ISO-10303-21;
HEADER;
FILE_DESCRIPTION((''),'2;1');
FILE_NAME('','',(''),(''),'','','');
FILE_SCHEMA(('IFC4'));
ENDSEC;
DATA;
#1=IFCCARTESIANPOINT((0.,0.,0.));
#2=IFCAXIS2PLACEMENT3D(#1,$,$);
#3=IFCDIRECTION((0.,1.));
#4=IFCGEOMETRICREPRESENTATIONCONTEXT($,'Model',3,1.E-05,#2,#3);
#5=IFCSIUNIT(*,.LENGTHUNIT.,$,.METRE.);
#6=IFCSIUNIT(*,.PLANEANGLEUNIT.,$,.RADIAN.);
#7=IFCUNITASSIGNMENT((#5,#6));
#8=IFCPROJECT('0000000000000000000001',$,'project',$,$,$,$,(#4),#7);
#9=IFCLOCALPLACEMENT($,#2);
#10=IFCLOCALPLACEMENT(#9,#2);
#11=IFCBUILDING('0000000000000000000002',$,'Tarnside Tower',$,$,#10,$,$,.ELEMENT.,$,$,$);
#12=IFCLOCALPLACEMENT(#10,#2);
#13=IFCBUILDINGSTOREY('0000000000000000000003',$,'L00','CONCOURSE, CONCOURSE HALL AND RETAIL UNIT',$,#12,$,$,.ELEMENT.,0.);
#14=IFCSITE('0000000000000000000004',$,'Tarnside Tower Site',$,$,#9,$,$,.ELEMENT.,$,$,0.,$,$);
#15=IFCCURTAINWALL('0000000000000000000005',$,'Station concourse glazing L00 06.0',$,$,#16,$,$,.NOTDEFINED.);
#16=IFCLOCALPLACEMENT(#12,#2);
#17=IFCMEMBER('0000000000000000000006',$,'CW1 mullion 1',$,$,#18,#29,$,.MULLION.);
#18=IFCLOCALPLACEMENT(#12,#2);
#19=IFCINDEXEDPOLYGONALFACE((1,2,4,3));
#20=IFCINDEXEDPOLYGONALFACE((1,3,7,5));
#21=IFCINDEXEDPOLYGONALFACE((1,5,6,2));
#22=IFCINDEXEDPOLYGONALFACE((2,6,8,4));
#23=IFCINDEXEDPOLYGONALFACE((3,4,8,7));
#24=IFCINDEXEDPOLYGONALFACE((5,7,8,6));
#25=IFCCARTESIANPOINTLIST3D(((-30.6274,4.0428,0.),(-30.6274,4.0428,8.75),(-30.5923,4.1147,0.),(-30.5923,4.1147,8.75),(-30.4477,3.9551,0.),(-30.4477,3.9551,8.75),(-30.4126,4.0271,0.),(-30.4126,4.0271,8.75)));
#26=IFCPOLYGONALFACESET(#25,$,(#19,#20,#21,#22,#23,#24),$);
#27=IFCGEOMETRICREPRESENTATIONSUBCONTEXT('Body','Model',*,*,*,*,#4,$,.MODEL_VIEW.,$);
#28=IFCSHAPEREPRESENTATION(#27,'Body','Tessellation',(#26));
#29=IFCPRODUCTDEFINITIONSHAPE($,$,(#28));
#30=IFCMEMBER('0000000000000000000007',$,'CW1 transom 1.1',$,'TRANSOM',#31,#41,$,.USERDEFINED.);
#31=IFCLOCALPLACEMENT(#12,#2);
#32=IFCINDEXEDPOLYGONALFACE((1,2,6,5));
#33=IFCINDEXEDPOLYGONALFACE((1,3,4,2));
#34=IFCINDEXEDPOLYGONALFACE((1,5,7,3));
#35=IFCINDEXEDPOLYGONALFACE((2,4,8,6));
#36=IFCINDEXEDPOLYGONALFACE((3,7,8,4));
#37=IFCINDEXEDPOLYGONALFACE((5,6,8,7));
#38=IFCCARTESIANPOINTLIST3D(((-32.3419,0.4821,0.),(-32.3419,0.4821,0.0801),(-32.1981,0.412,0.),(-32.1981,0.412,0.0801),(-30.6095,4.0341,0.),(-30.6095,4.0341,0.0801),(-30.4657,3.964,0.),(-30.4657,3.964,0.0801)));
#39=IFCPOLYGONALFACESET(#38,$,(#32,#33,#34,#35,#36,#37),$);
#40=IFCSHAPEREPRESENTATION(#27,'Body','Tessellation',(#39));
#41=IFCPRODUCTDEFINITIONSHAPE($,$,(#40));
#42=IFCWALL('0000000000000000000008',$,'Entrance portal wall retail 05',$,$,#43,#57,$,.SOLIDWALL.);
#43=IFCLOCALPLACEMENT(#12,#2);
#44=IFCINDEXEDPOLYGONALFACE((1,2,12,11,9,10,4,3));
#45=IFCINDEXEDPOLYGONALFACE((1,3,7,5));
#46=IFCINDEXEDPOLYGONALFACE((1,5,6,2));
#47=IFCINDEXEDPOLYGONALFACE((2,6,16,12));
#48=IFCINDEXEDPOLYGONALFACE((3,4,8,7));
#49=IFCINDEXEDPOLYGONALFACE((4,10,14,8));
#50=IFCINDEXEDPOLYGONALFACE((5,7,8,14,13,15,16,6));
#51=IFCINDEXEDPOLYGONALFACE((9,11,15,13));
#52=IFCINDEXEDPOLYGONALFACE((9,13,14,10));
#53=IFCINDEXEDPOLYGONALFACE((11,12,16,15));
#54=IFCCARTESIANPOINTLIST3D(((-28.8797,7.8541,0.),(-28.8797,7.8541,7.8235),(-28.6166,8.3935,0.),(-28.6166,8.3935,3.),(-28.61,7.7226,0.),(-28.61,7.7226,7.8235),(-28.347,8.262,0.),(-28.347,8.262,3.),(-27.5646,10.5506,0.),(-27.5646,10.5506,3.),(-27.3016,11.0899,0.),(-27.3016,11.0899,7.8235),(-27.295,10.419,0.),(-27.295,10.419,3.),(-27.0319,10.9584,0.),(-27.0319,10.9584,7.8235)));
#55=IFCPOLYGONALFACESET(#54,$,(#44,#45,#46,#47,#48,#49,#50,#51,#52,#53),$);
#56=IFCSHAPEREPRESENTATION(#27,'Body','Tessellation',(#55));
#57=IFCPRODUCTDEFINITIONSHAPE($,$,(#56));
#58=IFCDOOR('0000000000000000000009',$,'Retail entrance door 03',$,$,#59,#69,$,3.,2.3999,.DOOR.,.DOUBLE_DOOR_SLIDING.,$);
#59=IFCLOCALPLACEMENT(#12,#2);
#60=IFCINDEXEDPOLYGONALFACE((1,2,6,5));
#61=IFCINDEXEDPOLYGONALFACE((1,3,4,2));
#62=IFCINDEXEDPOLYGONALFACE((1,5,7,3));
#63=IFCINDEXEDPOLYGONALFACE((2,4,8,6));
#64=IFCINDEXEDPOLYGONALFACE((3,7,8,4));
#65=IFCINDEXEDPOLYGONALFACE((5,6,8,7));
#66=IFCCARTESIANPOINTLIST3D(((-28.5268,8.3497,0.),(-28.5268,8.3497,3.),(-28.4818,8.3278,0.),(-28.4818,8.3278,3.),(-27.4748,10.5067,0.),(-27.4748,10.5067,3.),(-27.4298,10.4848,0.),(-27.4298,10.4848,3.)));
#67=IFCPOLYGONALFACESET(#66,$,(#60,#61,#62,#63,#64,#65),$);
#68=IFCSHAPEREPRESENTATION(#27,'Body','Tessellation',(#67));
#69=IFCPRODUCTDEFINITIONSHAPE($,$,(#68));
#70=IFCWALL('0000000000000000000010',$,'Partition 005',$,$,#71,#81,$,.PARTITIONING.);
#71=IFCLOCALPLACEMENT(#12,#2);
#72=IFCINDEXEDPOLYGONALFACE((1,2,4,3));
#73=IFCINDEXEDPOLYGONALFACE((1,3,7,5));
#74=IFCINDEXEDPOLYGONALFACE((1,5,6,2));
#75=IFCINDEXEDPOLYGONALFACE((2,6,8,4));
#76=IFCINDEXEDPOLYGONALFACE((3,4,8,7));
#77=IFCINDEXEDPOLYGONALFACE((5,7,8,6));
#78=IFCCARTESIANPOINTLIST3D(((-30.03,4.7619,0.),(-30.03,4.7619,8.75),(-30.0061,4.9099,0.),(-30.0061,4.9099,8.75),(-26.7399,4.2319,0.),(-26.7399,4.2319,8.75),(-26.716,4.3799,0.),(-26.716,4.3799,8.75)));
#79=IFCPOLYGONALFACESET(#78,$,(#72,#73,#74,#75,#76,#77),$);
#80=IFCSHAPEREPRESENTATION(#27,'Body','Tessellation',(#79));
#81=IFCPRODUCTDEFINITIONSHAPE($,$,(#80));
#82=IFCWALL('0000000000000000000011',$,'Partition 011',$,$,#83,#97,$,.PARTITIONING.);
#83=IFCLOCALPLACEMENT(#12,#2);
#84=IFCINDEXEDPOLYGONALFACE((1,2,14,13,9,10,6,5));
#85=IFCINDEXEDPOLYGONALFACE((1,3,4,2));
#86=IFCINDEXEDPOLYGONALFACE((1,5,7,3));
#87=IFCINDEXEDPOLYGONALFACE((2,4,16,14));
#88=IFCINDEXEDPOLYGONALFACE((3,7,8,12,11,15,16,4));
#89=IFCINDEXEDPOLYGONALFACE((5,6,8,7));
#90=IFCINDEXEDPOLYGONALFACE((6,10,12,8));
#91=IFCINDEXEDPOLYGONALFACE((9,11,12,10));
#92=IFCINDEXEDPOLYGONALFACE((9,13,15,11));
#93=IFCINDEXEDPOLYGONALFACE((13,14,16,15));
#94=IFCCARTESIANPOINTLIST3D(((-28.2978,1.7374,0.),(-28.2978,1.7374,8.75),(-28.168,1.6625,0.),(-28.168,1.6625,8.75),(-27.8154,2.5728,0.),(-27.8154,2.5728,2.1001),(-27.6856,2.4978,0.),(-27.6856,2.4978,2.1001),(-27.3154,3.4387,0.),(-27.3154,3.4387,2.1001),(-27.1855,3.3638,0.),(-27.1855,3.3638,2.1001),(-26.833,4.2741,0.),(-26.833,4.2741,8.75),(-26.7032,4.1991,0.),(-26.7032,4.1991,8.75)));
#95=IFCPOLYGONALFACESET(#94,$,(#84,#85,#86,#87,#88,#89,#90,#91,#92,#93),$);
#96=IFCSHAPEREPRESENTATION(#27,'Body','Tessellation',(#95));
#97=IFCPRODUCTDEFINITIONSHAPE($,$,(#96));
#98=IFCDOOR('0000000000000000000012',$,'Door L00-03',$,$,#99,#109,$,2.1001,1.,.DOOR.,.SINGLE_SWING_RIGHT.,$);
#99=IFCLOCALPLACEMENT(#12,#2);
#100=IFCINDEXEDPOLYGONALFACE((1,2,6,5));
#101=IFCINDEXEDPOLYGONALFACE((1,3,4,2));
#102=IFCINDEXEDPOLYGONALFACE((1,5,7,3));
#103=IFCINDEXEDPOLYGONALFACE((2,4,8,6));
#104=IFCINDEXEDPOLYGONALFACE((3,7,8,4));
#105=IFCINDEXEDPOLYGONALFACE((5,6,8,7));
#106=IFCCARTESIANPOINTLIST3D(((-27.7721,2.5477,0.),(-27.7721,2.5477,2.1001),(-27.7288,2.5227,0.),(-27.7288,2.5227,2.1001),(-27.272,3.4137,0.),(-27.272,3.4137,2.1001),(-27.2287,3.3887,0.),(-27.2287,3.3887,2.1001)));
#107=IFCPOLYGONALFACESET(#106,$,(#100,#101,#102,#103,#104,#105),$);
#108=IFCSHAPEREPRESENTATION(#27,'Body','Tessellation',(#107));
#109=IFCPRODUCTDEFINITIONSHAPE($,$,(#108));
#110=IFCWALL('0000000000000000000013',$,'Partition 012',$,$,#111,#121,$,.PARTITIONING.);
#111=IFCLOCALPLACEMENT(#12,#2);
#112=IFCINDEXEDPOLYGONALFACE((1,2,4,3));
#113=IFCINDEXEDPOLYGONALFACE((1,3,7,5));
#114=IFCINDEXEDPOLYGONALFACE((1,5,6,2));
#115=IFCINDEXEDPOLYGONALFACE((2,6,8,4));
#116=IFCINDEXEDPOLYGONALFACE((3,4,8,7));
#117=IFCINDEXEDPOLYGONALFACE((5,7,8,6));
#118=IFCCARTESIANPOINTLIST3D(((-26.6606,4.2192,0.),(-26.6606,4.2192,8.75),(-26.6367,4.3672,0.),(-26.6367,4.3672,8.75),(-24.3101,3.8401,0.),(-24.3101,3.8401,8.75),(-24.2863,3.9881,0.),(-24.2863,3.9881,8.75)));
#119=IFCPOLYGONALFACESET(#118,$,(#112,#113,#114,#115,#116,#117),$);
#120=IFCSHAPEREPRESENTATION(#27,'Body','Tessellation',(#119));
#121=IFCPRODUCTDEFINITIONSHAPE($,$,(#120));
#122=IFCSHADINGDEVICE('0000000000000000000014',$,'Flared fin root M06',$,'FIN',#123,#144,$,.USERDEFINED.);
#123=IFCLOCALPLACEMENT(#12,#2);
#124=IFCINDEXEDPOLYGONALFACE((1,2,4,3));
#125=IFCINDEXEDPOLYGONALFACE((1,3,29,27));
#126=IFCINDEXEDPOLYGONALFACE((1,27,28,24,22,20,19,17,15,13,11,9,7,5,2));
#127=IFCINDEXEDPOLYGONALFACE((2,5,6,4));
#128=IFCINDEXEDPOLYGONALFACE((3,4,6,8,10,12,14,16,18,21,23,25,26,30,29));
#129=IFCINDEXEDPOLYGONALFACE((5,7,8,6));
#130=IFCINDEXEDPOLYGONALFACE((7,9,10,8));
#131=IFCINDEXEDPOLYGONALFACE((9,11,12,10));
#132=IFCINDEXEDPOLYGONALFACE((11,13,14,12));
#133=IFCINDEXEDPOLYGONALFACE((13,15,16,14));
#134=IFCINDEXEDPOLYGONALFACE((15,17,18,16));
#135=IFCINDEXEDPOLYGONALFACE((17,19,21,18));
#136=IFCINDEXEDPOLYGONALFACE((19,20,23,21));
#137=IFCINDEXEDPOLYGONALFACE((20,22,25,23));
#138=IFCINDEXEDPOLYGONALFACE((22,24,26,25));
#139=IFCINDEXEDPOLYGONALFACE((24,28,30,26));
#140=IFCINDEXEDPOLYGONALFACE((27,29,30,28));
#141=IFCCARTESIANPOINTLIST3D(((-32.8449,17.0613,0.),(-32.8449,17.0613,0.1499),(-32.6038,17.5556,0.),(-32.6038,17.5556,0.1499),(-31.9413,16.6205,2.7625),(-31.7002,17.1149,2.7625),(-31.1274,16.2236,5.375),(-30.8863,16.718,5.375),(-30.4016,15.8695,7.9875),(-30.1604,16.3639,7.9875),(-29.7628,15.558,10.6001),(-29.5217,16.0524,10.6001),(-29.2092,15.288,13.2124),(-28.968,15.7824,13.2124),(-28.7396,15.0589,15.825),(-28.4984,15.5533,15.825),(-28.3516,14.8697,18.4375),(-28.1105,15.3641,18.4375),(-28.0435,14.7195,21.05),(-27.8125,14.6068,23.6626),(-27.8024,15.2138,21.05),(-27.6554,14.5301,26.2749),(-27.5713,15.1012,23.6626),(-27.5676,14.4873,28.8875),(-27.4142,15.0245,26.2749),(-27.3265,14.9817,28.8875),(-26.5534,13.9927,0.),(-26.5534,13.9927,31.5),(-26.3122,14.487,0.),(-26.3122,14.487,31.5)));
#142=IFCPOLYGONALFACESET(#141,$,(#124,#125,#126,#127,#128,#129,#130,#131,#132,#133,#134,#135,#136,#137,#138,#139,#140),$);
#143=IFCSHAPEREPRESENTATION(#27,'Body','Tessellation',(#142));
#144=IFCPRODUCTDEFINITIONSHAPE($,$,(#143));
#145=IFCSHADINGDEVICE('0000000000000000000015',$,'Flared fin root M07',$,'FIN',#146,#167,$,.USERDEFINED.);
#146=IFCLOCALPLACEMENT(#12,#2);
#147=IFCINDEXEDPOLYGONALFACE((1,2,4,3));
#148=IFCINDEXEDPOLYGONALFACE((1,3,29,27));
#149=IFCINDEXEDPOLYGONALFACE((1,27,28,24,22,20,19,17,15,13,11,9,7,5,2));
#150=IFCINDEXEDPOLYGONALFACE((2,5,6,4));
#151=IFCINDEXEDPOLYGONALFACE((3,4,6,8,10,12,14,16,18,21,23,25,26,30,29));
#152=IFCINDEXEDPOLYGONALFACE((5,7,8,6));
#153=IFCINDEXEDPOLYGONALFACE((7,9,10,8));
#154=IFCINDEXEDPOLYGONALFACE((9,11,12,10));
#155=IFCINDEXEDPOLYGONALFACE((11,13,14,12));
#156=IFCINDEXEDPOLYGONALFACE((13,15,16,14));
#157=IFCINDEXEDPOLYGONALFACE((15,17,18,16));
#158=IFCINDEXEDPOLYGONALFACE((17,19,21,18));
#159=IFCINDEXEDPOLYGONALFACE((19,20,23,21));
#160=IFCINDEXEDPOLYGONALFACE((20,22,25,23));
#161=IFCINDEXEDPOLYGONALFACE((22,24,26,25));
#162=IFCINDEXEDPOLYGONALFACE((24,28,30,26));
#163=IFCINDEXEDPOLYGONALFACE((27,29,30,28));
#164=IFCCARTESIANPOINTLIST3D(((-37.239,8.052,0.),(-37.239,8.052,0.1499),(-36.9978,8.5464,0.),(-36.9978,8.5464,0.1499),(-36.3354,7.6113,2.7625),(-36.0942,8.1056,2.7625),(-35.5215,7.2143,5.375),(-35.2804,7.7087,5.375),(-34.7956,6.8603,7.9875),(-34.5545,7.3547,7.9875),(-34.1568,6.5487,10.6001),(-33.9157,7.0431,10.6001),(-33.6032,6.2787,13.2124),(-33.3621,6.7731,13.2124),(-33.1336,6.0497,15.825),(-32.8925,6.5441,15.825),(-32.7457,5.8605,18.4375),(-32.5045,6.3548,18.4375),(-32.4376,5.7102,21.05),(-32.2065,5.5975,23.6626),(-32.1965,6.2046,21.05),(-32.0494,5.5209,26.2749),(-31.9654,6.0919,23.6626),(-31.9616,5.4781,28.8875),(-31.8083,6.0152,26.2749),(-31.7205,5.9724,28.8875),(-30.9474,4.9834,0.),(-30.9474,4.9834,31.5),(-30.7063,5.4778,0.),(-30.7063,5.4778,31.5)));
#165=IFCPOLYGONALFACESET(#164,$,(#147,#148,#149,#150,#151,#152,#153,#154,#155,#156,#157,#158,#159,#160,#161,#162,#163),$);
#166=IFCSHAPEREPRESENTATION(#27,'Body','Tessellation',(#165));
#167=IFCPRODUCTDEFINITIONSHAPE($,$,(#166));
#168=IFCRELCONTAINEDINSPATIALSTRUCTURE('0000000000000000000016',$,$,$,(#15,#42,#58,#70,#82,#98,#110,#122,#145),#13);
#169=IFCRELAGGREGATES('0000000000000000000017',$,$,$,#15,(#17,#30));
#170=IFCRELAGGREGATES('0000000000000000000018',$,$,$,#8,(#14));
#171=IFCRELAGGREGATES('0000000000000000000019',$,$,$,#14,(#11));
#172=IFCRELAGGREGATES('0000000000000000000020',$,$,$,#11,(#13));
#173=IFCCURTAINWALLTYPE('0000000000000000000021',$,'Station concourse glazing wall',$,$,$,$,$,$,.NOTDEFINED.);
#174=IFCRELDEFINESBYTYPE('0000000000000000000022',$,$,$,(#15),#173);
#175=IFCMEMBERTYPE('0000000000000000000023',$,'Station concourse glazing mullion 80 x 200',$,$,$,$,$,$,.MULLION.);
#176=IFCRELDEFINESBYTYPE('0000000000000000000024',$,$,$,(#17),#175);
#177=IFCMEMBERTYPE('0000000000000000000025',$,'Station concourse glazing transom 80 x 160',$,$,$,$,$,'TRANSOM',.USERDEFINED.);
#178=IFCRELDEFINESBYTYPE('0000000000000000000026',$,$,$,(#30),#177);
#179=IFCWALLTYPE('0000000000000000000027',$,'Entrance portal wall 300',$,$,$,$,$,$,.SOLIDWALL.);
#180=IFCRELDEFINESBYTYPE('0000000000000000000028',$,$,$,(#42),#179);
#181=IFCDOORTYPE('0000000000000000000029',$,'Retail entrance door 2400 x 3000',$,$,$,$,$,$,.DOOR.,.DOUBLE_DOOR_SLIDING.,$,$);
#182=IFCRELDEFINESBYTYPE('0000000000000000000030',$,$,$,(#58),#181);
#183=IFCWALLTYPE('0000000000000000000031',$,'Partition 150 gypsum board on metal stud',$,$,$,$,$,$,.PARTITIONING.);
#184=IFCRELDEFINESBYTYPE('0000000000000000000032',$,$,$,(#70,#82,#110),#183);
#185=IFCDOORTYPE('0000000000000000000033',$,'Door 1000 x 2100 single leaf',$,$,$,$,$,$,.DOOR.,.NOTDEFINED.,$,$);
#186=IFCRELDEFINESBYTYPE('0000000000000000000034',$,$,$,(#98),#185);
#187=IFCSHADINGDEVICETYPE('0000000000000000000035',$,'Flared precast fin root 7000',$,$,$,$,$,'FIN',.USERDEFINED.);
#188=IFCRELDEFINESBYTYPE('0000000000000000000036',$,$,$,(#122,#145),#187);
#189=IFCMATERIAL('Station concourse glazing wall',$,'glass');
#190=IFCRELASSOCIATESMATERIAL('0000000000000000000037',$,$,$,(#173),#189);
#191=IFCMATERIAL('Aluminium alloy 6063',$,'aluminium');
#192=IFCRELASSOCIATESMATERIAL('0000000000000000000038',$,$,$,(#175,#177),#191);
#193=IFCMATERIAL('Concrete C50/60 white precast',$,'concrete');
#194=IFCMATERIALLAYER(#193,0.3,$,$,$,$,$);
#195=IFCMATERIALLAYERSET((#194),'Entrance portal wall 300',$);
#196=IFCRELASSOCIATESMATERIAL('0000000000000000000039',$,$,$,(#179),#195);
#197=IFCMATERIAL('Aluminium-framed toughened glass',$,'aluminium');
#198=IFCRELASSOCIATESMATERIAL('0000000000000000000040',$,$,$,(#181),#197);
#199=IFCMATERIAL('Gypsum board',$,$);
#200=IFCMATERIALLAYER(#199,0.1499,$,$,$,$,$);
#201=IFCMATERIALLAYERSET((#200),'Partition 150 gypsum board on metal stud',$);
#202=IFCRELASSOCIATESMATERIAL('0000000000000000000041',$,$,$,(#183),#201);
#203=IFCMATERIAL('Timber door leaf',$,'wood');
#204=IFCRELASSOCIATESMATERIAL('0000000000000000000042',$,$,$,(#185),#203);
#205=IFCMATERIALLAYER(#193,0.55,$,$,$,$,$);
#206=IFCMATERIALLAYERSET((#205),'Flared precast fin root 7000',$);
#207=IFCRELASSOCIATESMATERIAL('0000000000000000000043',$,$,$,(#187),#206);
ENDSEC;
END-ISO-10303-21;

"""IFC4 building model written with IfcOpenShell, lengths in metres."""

from ifc_helpers import new_model, si_unit, direction, frame, frame_2d, origin, origin_2d, place, context, subcontext, project, spatial, polyline, rectangle, outline, extrude, material, layer, layer_set, material_profile, profile_set, type_object, element, fill, aggregate, save


model = new_model("IFC4")

# Units and contexts
model_context = context("Model", 3, precision=1e-05, world=origin(), true_north=direction((0.0, 1.0)))
body_context = subcontext(model_context, "Body", "Model", "MODEL_VIEW")
ifc_project = project(units=[si_unit("LENGTHUNIT", "METRE"), si_unit("PLANEANGLEUNIT", "RADIAN")], contexts=[model_context])

# Site, building, storey
site_placement = place(None, origin())
site = spatial("IfcSite", under=ifc_project, at=site_placement, Name="Tarnside Tower Site", CompositionType="ELEMENT", RefElevation=0.0)
building_placement = place(site_placement, origin())
building = spatial("IfcBuilding", under=site, at=building_placement, Name="Tarnside Tower", CompositionType="ELEMENT")
storey_placement = place(building_placement, origin())
storey = spatial("IfcBuildingStorey", under=building, at=storey_placement, Name="L00", Description="CONCOURSE, CONCOURSE HALL AND RETAIL UNIT", CompositionType="ELEMENT", Elevation=0.0)

# Shared definitions
ifc_material_1 = material(Name="Aluminium alloy 6063", Category="aluminium")

# Curtain wall, members
ifc_material_2 = material(Name="Station concourse glazing wall", Category="glass")
curtain_wall_type_1 = type_object("IfcCurtainWallType", Name="Station concourse glazing wall", PredefinedType="NOTDEFINED", material=ifc_material_2)
curtain_wall_1_placement = place(storey_placement, origin())
curtain_wall_1 = element("IfcCurtainWall", 1, at=curtain_wall_1_placement, inside=storey, type_object=curtain_wall_type_1, Name="Station concourse glazing L00 06.0", PredefinedType="NOTDEFINED")
ifc_material_profile_1 = material_profile(ifc_material_1, rectangle(XDim=0.2, YDim=0.0801, at=origin_2d()), Name="Station concourse glazing mullion 80 x 200")
ifc_profile_set_1 = profile_set([ifc_material_profile_1], Name="Aluminium alloy 6063")
member_type_1 = type_object("IfcMemberType", Name="Station concourse glazing mullion 80 x 200", PredefinedType="MULLION", material=ifc_profile_set_1)
member_1_placement = place(storey_placement, frame((-30.52, 4.0349, 0.0), z_axis=(0.0, 0.0, 1.0), x_axis=(0.898794, -0.438371, 0.0)))
member_1 = element("IfcMember", 2, at=member_1_placement, type_object=member_type_1, Name="CW1 mullion 1", PredefinedType="MULLION", context=body_context, shape_type="SweptSolid", body=[
    extrude(rectangle(XDim=0.2, YDim=0.0801, at=origin_2d()), origin(), (0.0, 0.0, 1.0), 8.75),
])
ifc_material_profile_2 = material_profile(ifc_material_1, rectangle(XDim=0.1599, YDim=0.0801, at=origin_2d()), Name="Station concourse glazing transom 80 x 160")
ifc_profile_set_2 = profile_set([ifc_material_profile_2], Name="Aluminium alloy 6063")
member_type_2 = type_object("IfcMemberType", Name="Station concourse glazing transom 80 x 160", ElementType="TRANSOM", PredefinedType="USERDEFINED", material=ifc_profile_set_2)
member_2_placement = place(storey_placement, frame((-30.5376, 3.999, 0.04), z_axis=(-0.43837, -0.898795, 0.0), x_axis=(0.898795, -0.43837, 0.0)))
member_2 = element("IfcMember", 3, at=member_2_placement, type_object=member_type_2, Name="CW1 transom 1.1", ObjectType="TRANSOM", PredefinedType="USERDEFINED", context=body_context, shape_type="SweptSolid", body=[
    extrude(rectangle(XDim=0.1599, YDim=0.0801, at=origin_2d()), origin(), (0.0, 0.0, 1.0), 3.9519),
])
aggregate(curtain_wall_1, [member_1, member_2])

# Wall, opening, door
ifc_material_3 = material(Name="Concrete C50/60 white precast", Category="concrete")
ifc_layer_1 = layer(ifc_material_3, 0.3)
ifc_layer_set_1 = layer_set([ifc_layer_1], Name="Entrance portal wall 300")
wall_type_1 = type_object("IfcWallType", Name="Entrance portal wall 300", PredefinedType="SOLIDWALL", material=ifc_layer_set_1)
wall_1_placement = place(storey_placement, frame((-27.1667, 11.0242, 0.0), z_axis=(0.0, 0.0, 1.0), x_axis=(-0.438349, -0.898805, 0.0)))
wall_1 = element("IfcWall", 4, at=wall_1_placement, inside=storey, type_object=wall_type_1, Name="Entrance portal wall retail 05", PredefinedType="SOLIDWALL", context=body_context, shape_type="SweptSolid", body=[
    extrude(rectangle(XDim=3.6001, YDim=0.3, at=frame_2d((1.8, 0.0))), origin(), (0.0, 0.0, 1.0), 7.8235),
])
opening_1_placement = place(wall_1_placement, frame((0.6001, 0.0, 0.0)))
opening_1 = element("IfcOpeningElement", 5, at=opening_1_placement, cuts=wall_1, PredefinedType="OPENING", context=body_context, shape_type="SweptSolid", body=[
    extrude(rectangle(XDim=2.3999, YDim=3.0, at=frame_2d((1.2, 1.5))), frame((0.0, 0.1602, 0.0), z_axis=(0.0, -1.0, 0.0), x_axis=(1.0, 0.0, 0.0)), (0.0, 0.0, 1.0), 0.3201),
])
ifc_material_4 = material(Name="Aluminium-framed toughened glass", Category="aluminium")
door_type_1 = type_object("IfcDoorType", Name="Retail entrance door 2400 x 3000", OperationType="DOUBLE_DOOR_SLIDING", PredefinedType="DOOR", material=ifc_material_4)
door_1_placement = place(opening_1_placement, frame((0.0, -0.0249, 0.0)))
door_1 = element("IfcDoor", 6, at=door_1_placement, inside=storey, type_object=door_type_1, Name="Retail entrance door 03", OperationType="DOUBLE_DOOR_SLIDING", OverallHeight=3.0, OverallWidth=2.3999, PredefinedType="DOOR", context=body_context, shape_type="SweptSolid", body=[
    extrude(rectangle(XDim=2.3999, YDim=3.0, at=frame_2d((1.2, 1.5))), frame((0.0, 0.0249, 0.0), z_axis=(0.0, -1.0, 0.0), x_axis=(1.0, 0.0, 0.0)), (0.0, 0.0, 1.0), 0.05),
])
fill(opening_1, door_1)

# Wall
ifc_material_5 = material(Name="Gypsum board")
ifc_layer_2 = layer(ifc_material_5, 0.1499)
ifc_layer_set_2 = layer_set([ifc_layer_2], Name="Partition 150 gypsum board on metal stud")
wall_type_2 = type_object("IfcWallType", Name="Partition 150 gypsum board on metal stud", PredefinedType="PARTITIONING", material=ifc_layer_set_2)
wall_2_placement = place(storey_placement, frame((-30.0181, 4.8359, 0.0), z_axis=(0.0, 0.0, 1.0), x_axis=(0.98727, -0.15905, 0.0)))
element("IfcWall", 7, at=wall_2_placement, inside=storey, type_object=wall_type_2, Name="Partition 005", PredefinedType="PARTITIONING", context=body_context, shape_type="SweptSolid", body=[
    extrude(rectangle(XDim=3.3325, YDim=0.1499, at=frame_2d((1.6663, 0.0))), origin(), (0.0, 0.0, 1.0), 8.75),
])

# Wall, opening, door
wall_3_placement = place(storey_placement, frame((-28.2329, 1.7, 0.0), z_axis=(0.0, 0.0, 1.0), x_axis=(0.500083, 0.865977, 0.0)))
wall_3 = element("IfcWall", 8, at=wall_3_placement, inside=storey, type_object=wall_type_2, Name="Partition 011", PredefinedType="PARTITIONING", context=body_context, shape_type="SweptSolid", body=[
    extrude(rectangle(XDim=2.9292, YDim=0.1499, at=frame_2d((1.4646, 0.0))), origin(), (0.0, 0.0, 1.0), 8.75),
])
opening_2_placement = place(wall_3_placement, frame((0.9646, 0.0, 0.0)))
opening_2 = element("IfcOpeningElement", 9, at=opening_2_placement, cuts=wall_3, PredefinedType="OPENING", context=body_context, shape_type="SweptSolid", body=[
    extrude(rectangle(XDim=1.0, YDim=2.1001, at=frame_2d((0.5, 1.05))), frame((0.0, 0.085, 0.0), z_axis=(0.0, -1.0, 0.0), x_axis=(1.0, 0.0, 0.0)), (0.0, 0.0, 1.0), 0.1699),
])
ifc_material_6 = material(Name="Timber door leaf", Category="wood")
door_type_2 = type_object("IfcDoorType", Name="Door 1000 x 2100 single leaf", OperationType="NOTDEFINED", PredefinedType="DOOR", material=ifc_material_6)
door_2_placement = place(opening_2_placement, origin())
door_2 = element("IfcDoor", 10, at=door_2_placement, inside=storey, type_object=door_type_2, Name="Door L00-03", OperationType="SINGLE_SWING_RIGHT", OverallHeight=2.1001, OverallWidth=1.0, PredefinedType="DOOR", context=body_context, shape_type="SweptSolid", body=[
    extrude(rectangle(XDim=1.0, YDim=2.1001, at=frame_2d((0.5, 1.05))), frame((0.0, 0.0249, 0.0), z_axis=(0.0, -1.0, 0.0), x_axis=(1.0, 0.0, 0.0)), (0.0, 0.0, 1.0), 0.05),
])
fill(opening_2, door_2)

# Wall
wall_4_placement = place(storey_placement, frame((-26.6487, 4.2932, 0.0), z_axis=(0.0, 0.0, 1.0), x_axis=(0.98724, -0.159242, 0.0)))
element("IfcWall", 11, at=wall_4_placement, inside=storey, type_object=wall_type_2, Name="Partition 012", PredefinedType="PARTITIONING", context=body_context, shape_type="SweptSolid", body=[
    extrude(rectangle(XDim=2.3809, YDim=0.1499, at=frame_2d((1.1904, 0.0))), origin(), (0.0, 0.0, 1.0), 8.75),
])

# Shading devices
ifc_layer_3 = layer(ifc_material_3, 0.55)
ifc_layer_set_3 = layer_set([ifc_layer_3], Name="Flared precast fin root 7000")
shading_device_type = type_object("IfcShadingDeviceType", Name="Flared precast fin root 7000", ElementType="FIN", PredefinedType="USERDEFINED", material=ifc_layer_set_3)
for number, where, z_axis, x_axis, name in (
    (12, (-26.4329, 14.2397, 0.0), (0.438371, 0.898794, 0.0), (-0.898794, 0.438371, 0.0), "Flared fin root M06"),
    (13, (-30.8269, 5.2305, 0.0), (0.438371, 0.898794, 0.0), (-0.898794, 0.438371, 0.0), "Flared fin root M07"),
):
    element("IfcShadingDevice", number, at=place(storey_placement, frame(where, z_axis=z_axis, x_axis=x_axis)), inside=storey, type_object=shading_device_type, Name=name, ObjectType="FIN", PredefinedType="USERDEFINED", context=body_context, shape_type="SweptSolid", body=[
        extrude(outline(polyline([(0.0, 0.0), (7.0, 0.0), (7.0, 0.1499), (5.9946, 2.7625), (5.0891, 5.375), (4.2815, 7.9875), (3.5708, 10.6001), (2.9548, 13.2124), (2.4324, 15.825), (2.0007, 18.4375), (1.658, 21.05), (1.4009, 23.6626), (1.2261, 26.2749), (1.1284, 28.8875), (0.0, 31.5), (0.0, 0.0)])), frame((0.0, 0.0, -0.2749)), (0.0, 0.0, 1.0), 0.55),
    ])

save(model, "model.ifc")
